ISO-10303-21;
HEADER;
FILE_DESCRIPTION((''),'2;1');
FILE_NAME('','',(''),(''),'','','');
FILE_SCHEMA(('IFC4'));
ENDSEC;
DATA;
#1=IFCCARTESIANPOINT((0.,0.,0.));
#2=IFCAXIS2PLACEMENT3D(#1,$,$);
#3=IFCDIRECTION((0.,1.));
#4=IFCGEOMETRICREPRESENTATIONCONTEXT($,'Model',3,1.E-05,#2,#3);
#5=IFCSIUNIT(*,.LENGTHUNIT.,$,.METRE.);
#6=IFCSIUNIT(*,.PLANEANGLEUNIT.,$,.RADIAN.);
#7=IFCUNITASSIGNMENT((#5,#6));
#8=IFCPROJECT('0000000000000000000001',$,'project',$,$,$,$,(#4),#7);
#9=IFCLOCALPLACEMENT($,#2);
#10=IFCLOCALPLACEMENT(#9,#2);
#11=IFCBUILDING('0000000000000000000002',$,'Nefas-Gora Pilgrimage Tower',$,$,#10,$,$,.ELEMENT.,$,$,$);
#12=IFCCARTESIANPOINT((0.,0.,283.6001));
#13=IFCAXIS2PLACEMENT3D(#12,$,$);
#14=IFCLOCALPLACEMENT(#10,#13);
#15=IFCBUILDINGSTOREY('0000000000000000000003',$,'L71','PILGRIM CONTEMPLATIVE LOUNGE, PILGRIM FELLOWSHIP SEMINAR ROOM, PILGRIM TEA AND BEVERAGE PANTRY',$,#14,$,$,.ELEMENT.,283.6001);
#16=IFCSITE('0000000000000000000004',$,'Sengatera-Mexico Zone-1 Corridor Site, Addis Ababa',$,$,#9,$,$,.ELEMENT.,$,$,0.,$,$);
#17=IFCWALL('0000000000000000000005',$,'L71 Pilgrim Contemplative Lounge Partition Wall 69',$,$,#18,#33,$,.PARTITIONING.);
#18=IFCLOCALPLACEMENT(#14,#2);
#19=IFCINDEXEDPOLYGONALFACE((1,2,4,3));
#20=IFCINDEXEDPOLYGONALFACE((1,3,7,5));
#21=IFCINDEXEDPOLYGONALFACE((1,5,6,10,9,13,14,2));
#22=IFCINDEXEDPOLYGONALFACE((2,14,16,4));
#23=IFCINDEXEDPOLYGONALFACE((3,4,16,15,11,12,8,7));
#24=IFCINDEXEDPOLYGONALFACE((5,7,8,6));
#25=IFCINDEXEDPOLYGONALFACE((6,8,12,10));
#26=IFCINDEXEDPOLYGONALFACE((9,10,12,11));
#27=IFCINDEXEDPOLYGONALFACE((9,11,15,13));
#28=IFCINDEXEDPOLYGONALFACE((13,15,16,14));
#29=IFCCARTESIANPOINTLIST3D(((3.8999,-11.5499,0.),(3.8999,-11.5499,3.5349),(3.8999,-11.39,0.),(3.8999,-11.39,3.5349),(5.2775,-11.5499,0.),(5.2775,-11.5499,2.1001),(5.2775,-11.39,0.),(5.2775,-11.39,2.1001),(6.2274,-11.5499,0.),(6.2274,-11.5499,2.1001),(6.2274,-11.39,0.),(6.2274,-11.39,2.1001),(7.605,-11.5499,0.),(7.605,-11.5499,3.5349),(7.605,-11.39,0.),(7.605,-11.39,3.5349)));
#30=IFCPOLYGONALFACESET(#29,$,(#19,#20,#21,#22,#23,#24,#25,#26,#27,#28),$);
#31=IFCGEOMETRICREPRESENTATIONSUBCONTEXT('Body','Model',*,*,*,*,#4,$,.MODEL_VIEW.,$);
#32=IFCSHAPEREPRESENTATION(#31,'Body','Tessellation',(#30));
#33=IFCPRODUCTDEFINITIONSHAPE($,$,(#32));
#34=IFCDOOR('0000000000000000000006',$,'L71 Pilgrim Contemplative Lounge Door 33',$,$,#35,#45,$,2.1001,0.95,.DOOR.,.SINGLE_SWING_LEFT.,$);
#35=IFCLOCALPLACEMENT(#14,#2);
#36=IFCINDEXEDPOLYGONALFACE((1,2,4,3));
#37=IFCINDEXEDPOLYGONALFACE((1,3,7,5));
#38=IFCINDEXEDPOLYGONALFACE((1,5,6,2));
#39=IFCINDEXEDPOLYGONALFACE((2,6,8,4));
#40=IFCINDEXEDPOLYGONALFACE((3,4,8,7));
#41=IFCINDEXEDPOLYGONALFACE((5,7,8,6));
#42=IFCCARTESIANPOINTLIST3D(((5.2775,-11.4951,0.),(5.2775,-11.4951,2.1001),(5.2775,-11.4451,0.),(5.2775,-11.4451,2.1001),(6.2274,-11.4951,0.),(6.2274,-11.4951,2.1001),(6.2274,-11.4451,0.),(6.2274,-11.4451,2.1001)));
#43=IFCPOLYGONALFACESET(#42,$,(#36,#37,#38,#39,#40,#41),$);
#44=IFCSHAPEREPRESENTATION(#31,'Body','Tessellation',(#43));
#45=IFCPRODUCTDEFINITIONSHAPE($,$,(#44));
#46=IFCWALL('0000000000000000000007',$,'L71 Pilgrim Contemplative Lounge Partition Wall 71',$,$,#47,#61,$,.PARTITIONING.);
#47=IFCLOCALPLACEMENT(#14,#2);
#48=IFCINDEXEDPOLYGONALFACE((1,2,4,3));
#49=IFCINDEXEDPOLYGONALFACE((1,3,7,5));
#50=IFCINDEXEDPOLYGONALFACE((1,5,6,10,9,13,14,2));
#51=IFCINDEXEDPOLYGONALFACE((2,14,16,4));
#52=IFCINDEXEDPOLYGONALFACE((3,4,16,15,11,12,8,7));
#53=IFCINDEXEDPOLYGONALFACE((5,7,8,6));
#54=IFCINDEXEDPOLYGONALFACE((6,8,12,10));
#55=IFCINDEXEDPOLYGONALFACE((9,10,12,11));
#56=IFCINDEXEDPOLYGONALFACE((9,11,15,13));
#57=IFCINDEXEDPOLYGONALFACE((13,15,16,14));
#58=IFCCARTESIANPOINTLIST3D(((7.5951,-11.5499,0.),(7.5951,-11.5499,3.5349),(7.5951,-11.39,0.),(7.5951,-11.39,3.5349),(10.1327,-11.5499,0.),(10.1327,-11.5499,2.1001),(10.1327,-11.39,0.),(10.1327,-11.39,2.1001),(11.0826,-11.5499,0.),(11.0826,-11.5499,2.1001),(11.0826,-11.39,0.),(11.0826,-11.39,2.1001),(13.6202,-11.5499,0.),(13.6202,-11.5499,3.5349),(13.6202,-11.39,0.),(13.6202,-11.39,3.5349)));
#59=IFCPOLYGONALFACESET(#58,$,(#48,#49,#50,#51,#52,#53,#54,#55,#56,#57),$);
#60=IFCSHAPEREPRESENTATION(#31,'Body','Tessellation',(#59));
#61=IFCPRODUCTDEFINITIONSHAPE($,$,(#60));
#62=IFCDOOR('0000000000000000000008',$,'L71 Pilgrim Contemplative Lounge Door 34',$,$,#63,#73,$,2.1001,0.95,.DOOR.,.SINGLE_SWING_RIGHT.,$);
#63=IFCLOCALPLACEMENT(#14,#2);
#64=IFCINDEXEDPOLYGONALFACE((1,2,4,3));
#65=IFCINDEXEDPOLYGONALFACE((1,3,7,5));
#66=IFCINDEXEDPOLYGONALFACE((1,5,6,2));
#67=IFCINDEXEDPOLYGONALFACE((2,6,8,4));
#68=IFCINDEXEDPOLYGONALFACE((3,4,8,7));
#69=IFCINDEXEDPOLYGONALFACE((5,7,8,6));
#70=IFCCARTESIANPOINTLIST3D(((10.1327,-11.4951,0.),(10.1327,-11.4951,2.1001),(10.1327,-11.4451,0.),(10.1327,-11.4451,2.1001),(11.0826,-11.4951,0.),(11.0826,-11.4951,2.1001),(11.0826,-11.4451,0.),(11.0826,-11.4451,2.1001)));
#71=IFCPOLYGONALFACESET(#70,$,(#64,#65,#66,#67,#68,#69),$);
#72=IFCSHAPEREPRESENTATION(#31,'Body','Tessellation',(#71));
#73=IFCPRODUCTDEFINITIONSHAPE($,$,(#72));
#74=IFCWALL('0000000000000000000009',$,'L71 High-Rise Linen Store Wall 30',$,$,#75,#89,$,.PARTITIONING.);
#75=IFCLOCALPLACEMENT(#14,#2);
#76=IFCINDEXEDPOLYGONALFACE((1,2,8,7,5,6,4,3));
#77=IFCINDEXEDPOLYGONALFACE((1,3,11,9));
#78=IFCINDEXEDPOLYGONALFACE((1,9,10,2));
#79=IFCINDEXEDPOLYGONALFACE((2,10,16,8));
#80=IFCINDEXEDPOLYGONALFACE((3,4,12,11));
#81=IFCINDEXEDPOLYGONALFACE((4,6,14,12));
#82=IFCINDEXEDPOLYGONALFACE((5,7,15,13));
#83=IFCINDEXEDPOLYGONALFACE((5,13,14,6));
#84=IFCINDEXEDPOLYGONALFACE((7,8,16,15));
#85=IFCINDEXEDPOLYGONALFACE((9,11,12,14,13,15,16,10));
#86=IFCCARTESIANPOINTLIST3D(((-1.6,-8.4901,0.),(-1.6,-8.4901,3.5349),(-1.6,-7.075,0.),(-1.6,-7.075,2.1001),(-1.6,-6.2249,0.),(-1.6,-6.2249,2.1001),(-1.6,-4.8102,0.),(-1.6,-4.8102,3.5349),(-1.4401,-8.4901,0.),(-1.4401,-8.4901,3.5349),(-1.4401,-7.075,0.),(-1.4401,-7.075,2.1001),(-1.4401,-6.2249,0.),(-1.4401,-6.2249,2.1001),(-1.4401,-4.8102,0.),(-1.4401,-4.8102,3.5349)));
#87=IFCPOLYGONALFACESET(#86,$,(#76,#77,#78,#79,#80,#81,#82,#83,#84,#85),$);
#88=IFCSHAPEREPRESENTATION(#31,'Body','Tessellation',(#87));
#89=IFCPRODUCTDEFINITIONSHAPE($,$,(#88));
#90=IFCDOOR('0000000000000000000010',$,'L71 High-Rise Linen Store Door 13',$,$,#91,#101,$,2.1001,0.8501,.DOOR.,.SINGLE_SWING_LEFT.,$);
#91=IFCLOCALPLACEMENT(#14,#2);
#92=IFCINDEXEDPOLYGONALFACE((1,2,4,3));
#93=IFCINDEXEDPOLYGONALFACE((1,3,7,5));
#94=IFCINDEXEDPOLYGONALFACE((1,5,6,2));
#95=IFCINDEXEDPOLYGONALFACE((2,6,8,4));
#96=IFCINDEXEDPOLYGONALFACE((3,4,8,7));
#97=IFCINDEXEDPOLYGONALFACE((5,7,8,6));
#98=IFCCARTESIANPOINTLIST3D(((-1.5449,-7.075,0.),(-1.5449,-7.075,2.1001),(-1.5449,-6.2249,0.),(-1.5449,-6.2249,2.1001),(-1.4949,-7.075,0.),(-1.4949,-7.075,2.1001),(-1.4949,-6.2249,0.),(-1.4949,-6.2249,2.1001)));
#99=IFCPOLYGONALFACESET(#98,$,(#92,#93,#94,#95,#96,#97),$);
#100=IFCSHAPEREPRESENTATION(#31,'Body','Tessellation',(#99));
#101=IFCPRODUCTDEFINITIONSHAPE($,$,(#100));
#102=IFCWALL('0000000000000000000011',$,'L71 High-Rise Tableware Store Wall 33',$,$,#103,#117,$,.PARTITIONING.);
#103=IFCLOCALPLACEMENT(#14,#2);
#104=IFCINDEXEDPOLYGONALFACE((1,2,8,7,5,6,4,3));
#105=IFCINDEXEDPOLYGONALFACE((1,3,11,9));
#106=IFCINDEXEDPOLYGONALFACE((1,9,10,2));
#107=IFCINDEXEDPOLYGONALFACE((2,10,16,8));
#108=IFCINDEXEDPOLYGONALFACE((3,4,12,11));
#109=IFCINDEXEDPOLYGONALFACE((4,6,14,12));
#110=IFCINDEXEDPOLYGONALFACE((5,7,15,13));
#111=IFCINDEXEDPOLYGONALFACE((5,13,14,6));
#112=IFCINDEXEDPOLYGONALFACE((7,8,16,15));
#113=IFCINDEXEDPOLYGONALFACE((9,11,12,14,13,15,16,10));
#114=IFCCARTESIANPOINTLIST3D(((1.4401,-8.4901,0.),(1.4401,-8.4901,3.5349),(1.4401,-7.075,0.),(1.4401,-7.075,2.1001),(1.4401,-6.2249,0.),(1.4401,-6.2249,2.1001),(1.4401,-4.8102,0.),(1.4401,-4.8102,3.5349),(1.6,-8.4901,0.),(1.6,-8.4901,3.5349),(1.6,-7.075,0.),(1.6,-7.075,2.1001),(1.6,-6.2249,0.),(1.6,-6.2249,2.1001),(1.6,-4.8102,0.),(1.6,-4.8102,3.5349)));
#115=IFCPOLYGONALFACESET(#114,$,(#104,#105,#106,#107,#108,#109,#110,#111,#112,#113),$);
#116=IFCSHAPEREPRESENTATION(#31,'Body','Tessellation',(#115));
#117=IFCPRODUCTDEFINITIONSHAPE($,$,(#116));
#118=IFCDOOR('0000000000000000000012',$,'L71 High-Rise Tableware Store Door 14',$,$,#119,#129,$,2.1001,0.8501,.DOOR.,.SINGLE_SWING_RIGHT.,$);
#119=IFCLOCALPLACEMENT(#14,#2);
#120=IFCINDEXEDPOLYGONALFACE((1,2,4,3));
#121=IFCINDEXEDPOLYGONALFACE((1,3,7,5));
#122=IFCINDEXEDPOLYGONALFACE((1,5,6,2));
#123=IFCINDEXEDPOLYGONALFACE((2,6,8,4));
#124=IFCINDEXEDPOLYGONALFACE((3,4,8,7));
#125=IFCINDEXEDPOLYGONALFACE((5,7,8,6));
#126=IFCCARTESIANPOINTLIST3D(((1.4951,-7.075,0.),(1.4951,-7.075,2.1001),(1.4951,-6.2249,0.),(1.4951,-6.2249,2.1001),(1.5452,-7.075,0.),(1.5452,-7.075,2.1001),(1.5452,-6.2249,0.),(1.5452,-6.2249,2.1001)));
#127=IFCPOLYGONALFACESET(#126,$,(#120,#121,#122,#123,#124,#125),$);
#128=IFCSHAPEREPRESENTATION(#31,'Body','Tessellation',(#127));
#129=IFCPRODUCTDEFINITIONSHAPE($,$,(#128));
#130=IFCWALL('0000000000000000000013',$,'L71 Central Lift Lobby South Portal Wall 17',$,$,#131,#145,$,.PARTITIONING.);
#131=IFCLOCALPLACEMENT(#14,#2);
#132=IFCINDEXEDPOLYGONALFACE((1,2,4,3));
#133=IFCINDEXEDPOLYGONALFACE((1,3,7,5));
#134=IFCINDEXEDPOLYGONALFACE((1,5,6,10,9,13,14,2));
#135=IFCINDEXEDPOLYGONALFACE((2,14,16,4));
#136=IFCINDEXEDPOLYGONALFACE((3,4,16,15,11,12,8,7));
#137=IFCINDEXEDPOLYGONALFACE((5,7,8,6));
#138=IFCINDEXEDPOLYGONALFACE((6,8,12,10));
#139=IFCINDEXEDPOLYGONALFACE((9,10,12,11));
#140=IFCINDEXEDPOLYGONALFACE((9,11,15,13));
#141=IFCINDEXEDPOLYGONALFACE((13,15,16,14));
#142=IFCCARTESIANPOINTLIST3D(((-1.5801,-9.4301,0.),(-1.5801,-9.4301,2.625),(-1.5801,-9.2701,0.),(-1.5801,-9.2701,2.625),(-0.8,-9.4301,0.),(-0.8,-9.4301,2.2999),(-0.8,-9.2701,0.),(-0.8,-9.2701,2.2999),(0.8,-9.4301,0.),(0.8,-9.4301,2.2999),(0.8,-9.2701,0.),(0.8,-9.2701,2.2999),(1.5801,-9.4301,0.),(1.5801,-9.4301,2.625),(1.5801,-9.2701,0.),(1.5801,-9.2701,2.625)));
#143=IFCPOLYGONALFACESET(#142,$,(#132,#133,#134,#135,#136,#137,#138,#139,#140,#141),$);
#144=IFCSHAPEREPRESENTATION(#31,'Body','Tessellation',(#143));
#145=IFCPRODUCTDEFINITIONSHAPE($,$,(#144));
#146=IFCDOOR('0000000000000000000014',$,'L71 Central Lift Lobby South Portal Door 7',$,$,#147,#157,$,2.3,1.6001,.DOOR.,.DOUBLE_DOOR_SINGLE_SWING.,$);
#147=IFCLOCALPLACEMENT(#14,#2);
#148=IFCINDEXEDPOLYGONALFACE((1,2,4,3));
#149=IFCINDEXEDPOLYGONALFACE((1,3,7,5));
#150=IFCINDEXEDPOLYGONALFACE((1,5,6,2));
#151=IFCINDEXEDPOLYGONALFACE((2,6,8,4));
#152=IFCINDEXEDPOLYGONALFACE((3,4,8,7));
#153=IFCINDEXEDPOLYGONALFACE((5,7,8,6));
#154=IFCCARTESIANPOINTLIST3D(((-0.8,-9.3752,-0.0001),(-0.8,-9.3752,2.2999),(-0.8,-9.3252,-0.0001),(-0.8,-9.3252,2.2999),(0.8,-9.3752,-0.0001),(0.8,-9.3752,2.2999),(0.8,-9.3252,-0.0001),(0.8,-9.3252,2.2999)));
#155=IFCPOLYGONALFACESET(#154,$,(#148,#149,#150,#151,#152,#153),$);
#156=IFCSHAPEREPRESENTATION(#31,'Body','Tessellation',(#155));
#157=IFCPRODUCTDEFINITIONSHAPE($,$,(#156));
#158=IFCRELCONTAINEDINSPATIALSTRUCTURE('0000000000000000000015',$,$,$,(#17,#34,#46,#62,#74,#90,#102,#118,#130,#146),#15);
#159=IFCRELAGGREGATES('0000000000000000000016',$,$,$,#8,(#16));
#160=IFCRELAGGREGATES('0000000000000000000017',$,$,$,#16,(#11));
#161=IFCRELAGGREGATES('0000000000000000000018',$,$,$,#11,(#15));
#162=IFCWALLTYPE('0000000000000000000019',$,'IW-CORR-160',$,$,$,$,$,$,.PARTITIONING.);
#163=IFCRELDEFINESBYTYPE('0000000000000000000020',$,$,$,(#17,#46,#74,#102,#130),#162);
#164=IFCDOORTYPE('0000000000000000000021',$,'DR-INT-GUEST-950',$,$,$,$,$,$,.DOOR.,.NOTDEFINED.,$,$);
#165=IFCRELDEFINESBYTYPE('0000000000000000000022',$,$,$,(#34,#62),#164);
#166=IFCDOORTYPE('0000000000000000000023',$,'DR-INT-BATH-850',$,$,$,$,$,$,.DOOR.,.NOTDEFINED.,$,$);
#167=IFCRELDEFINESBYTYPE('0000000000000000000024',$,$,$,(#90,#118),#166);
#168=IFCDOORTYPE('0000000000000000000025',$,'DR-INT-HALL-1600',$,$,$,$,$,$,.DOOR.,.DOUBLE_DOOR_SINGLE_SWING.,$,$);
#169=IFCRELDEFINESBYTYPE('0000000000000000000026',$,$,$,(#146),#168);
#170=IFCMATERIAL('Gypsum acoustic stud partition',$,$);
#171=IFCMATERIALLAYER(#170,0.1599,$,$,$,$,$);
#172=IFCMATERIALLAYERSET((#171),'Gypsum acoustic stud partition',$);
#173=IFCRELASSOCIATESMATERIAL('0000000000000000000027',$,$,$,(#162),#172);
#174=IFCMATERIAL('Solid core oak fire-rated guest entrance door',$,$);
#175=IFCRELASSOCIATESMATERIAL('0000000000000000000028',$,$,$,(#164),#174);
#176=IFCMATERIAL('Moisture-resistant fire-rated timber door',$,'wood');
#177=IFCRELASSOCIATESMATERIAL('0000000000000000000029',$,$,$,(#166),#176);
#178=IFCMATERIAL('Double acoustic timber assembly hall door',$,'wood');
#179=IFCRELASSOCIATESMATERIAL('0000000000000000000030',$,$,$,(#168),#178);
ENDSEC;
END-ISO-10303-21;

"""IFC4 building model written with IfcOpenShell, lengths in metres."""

from ifc_helpers import new_model, si_unit, direction, frame, frame_2d, origin, place, context, subcontext, project, spatial, rectangle, extrude, source, transform, mapped, material, layer, layer_set, type_object, element, fill, save


model = new_model("IFC4")

# Units and contexts
model_context = context("Model", 3, precision=1e-05, world=origin(), true_north=direction((0.0, 1.0)))
body_context = subcontext(model_context, "Body", "Model", "MODEL_VIEW")
ifc_project = project(units=[si_unit("LENGTHUNIT", "METRE"), si_unit("PLANEANGLEUNIT", "RADIAN")], contexts=[model_context])

# Site, building, storey
site_placement = place(None, origin())
site = spatial("IfcSite", under=ifc_project, at=site_placement, Name="Sengatera-Mexico Zone-1 Corridor Site, Addis Ababa", CompositionType="ELEMENT", RefElevation=0.0)
building_placement = place(site_placement, origin())
building = spatial("IfcBuilding", under=site, at=building_placement, Name="Nefas-Gora Pilgrimage Tower", CompositionType="ELEMENT")
storey_placement = place(building_placement, frame((0.0, 0.0, 283.6001)))
storey = spatial("IfcBuildingStorey", under=building, at=storey_placement, Name="L71", Description="PILGRIM CONTEMPLATIVE LOUNGE, PILGRIM FELLOWSHIP SEMINAR ROOM, PILGRIM TEA AND BEVERAGE PANTRY", CompositionType="ELEMENT", Elevation=283.6001)

# Walls, openings, doors
ifc_material_1 = material(Name="Gypsum acoustic stud partition")
ifc_layer_1 = layer(ifc_material_1, 0.1599)
ifc_layer_set_1 = layer_set([ifc_layer_1], Name="Gypsum acoustic stud partition")
wall_type_1 = type_object("IfcWallType", Name="IW-CORR-160", PredefinedType="PARTITIONING", material=ifc_layer_set_1)
ifc_material_2 = material(Name="Solid core oak fire-rated guest entrance door")
door_type_1 = type_object("IfcDoorType", Name="DR-INT-GUEST-950", OperationType="NOTDEFINED", PredefinedType="DOOR", material=ifc_material_2)
shared_shape_1 = source(origin(), body_context, "Body", "SweptSolid", [
    extrude(rectangle(XDim=0.95, YDim=2.1001, at=frame_2d((0.4751, 1.05))), frame((0.0, 0.0249, 0.0), z_axis=(0.0, -1.0, 0.0), x_axis=(1.0, 0.0, 0.0)), (0.0, 0.0, 1.0), 0.05),
])
shared_shape_2 = source(origin(), body_context, "Body", "SweptSolid", [
    extrude(rectangle(XDim=3.7051, YDim=0.1599, at=frame_2d((1.8525, 0.0))), origin(), (0.0, 0.0, 1.0), 3.5349),
])
wall_1_placement = place(storey_placement, frame((3.8999, -11.47, 0.0), z_axis=(0.0, 0.0, 1.0), x_axis=(1.0, 0.0, 0.0)))
wall_1 = element("IfcWall", 1, at=wall_1_placement, inside=storey, type_object=wall_type_1, Name="L71 Pilgrim Contemplative Lounge Partition Wall 69", PredefinedType="PARTITIONING", context=body_context, shape_type="MappedRepresentation", body=[
    mapped(shared_shape_2, transform((0.0, 0.0, 0.0), x_axis=(1.0, 0.0, 0.0), y_axis=(0.0, 1.0, 0.0), z_axis=(0.0, 0.0, 1.0), scale=1.0)),
])
opening_1_placement = place(wall_1_placement, frame((1.3774, 0.0, 0.0)))
opening_1 = element("IfcOpeningElement", 2, at=opening_1_placement, cuts=wall_1, PredefinedType="OPENING", context=body_context, shape_type="SweptSolid", body=[
    extrude(rectangle(XDim=0.95, YDim=2.1001, at=frame_2d((0.4751, 1.05))), frame((0.0, 0.0898, 0.0), z_axis=(0.0, -1.0, 0.0), x_axis=(1.0, 0.0, 0.0)), (0.0, 0.0, 1.0), 0.1799),
])
door_1_placement = place(opening_1_placement, origin())
door_1 = element("IfcDoor", 3, at=door_1_placement, inside=storey, type_object=door_type_1, Name="L71 Pilgrim Contemplative Lounge Door 33", OperationType="SINGLE_SWING_LEFT", OverallHeight=2.1001, OverallWidth=0.95, PredefinedType="DOOR", context=body_context, shape_type="MappedRepresentation", body=[
    mapped(shared_shape_1, transform((0.0, 0.0, 0.0), x_axis=(1.0, 0.0, 0.0), y_axis=(0.0, 1.0, 0.0), z_axis=(0.0, 0.0, 1.0), scale=1.0)),
])
fill(opening_1, door_1)
shared_shape_3 = source(origin(), body_context, "Body", "SweptSolid", [
    extrude(rectangle(XDim=6.0251, YDim=0.1599, at=frame_2d((3.0127, 0.0))), origin(), (0.0, 0.0, 1.0), 3.5349),
])
wall_2_placement = place(storey_placement, frame((7.595, -11.47, 0.0), z_axis=(0.0, 0.0, 1.0), x_axis=(1.0, 0.0, 0.0)))
wall_2 = element("IfcWall", 4, at=wall_2_placement, inside=storey, type_object=wall_type_1, Name="L71 Pilgrim Contemplative Lounge Partition Wall 71", PredefinedType="PARTITIONING", context=body_context, shape_type="MappedRepresentation", body=[
    mapped(shared_shape_3, transform((0.0, 0.0, 0.0), x_axis=(1.0, 0.0, 0.0), y_axis=(0.0, 1.0, 0.0), z_axis=(0.0, 0.0, 1.0), scale=1.0)),
])
opening_2_placement = place(wall_2_placement, frame((2.5376, 0.0, 0.0)))
opening_2 = element("IfcOpeningElement", 5, at=opening_2_placement, cuts=wall_2, PredefinedType="OPENING", context=body_context, shape_type="SweptSolid", body=[
    extrude(rectangle(XDim=0.95, YDim=2.1001, at=frame_2d((0.4751, 1.05))), frame((0.0, 0.0898, 0.0), z_axis=(0.0, -1.0, 0.0), x_axis=(1.0, 0.0, 0.0)), (0.0, 0.0, 1.0), 0.1799),
])
door_2_placement = place(opening_2_placement, origin())
door_2 = element("IfcDoor", 6, at=door_2_placement, inside=storey, type_object=door_type_1, Name="L71 Pilgrim Contemplative Lounge Door 34", OperationType="SINGLE_SWING_RIGHT", OverallHeight=2.1001, OverallWidth=0.95, PredefinedType="DOOR", context=body_context, shape_type="MappedRepresentation", body=[
    mapped(shared_shape_1, transform((0.0, 0.0, 0.0), x_axis=(1.0, 0.0, 0.0), y_axis=(0.0, 1.0, 0.0), z_axis=(0.0, 0.0, 1.0), scale=1.0)),
])
fill(opening_2, door_2)
shared_shape_4 = source(origin(), body_context, "Body", "SweptSolid", [
    extrude(rectangle(XDim=3.6799, YDim=0.1599, at=frame_2d((1.8398, 0.0))), origin(), (0.0, 0.0, 1.0), 3.5349),
])
wall_3_placement = place(storey_placement, frame((-1.52, -8.49, 0.0), z_axis=(0.0, 0.0, 1.0), x_axis=(0.0, 1.0, 0.0)))
wall_3 = element("IfcWall", 7, at=wall_3_placement, inside=storey, type_object=wall_type_1, Name="L71 High-Rise Linen Store Wall 30", PredefinedType="PARTITIONING", context=body_context, shape_type="MappedRepresentation", body=[
    mapped(shared_shape_4, transform((0.0, 0.0, 0.0), x_axis=(1.0, 0.0, 0.0), y_axis=(0.0, 1.0, 0.0), z_axis=(0.0, 0.0, 1.0), scale=1.0)),
])
opening_3_placement = place(wall_3_placement, frame((1.415, 0.0, 0.0)))
opening_3 = element("IfcOpeningElement", 8, at=opening_3_placement, cuts=wall_3, PredefinedType="OPENING", context=body_context, shape_type="SweptSolid", body=[
    extrude(rectangle(XDim=0.8501, YDim=2.1001, at=frame_2d((0.425, 1.05))), frame((0.0, 0.0898, 0.0), z_axis=(0.0, -1.0, 0.0), x_axis=(1.0, 0.0, 0.0)), (0.0, 0.0, 1.0), 0.1799),
])
ifc_material_3 = material(Name="Moisture-resistant fire-rated timber door", Category="wood")
door_type_2 = type_object("IfcDoorType", Name="DR-INT-BATH-850", OperationType="NOTDEFINED", PredefinedType="DOOR", material=ifc_material_3)
shared_shape_5 = source(origin(), body_context, "Body", "SweptSolid", [
    extrude(rectangle(XDim=0.8501, YDim=2.1001, at=frame_2d((0.425, 1.05))), frame((0.0, 0.0249, 0.0), z_axis=(0.0, -1.0, 0.0), x_axis=(1.0, 0.0, 0.0)), (0.0, 0.0, 1.0), 0.05),
])
door_3_placement = place(opening_3_placement, origin())
door_3 = element("IfcDoor", 9, at=door_3_placement, inside=storey, type_object=door_type_2, Name="L71 High-Rise Linen Store Door 13", OperationType="SINGLE_SWING_LEFT", OverallHeight=2.1001, OverallWidth=0.8501, PredefinedType="DOOR", context=body_context, shape_type="MappedRepresentation", body=[
    mapped(shared_shape_5, transform((0.0, 0.0, 0.0), x_axis=(1.0, 0.0, 0.0), y_axis=(0.0, 1.0, 0.0), z_axis=(0.0, 0.0, 1.0), scale=1.0)),
])
fill(opening_3, door_3)
wall_4_placement = place(storey_placement, frame((1.52, -8.49, 0.0), z_axis=(0.0, 0.0, 1.0), x_axis=(0.0, 1.0, 0.0)))
wall_4 = element("IfcWall", 10, at=wall_4_placement, inside=storey, type_object=wall_type_1, Name="L71 High-Rise Tableware Store Wall 33", PredefinedType="PARTITIONING", context=body_context, shape_type="MappedRepresentation", body=[
    mapped(shared_shape_4, transform((0.0, 0.0, 0.0), x_axis=(1.0, 0.0, 0.0), y_axis=(0.0, 1.0, 0.0), z_axis=(0.0, 0.0, 1.0), scale=1.0)),
])
opening_4_placement = place(wall_4_placement, frame((1.415, 0.0, 0.0)))
opening_4 = element("IfcOpeningElement", 11, at=opening_4_placement, cuts=wall_4, PredefinedType="OPENING", context=body_context, shape_type="SweptSolid", body=[
    extrude(rectangle(XDim=0.8501, YDim=2.1001, at=frame_2d((0.425, 1.05))), frame((0.0, 0.0898, 0.0), z_axis=(0.0, -1.0, 0.0), x_axis=(1.0, 0.0, 0.0)), (0.0, 0.0, 1.0), 0.1799),
])
door_4_placement = place(opening_4_placement, origin())
door_4 = element("IfcDoor", 12, at=door_4_placement, inside=storey, type_object=door_type_2, Name="L71 High-Rise Tableware Store Door 14", OperationType="SINGLE_SWING_RIGHT", OverallHeight=2.1001, OverallWidth=0.8501, PredefinedType="DOOR", context=body_context, shape_type="MappedRepresentation", body=[
    mapped(shared_shape_5, transform((0.0, 0.0, 0.0), x_axis=(1.0, 0.0, 0.0), y_axis=(0.0, 1.0, 0.0), z_axis=(0.0, 0.0, 1.0), scale=1.0)),
])
fill(opening_4, door_4)
shared_shape_6 = source(origin(), body_context, "Body", "SweptSolid", [
    extrude(rectangle(XDim=3.1602, YDim=0.1599, at=frame_2d((1.5801, 0.0))), origin(), (0.0, 0.0, 1.0), 2.625),
])
wall_5_placement = place(storey_placement, frame((-1.5801, -9.3501, 0.0), z_axis=(0.0, 0.0, 1.0), x_axis=(1.0, 0.0, 0.0)))
wall_5 = element("IfcWall", 13, at=wall_5_placement, inside=storey, type_object=wall_type_1, Name="L71 Central Lift Lobby South Portal Wall 17", PredefinedType="PARTITIONING", context=body_context, shape_type="MappedRepresentation", body=[
    mapped(shared_shape_6, transform((0.0, 0.0, 0.0), x_axis=(1.0, 0.0, 0.0), y_axis=(0.0, 1.0, 0.0), z_axis=(0.0, 0.0, 1.0), scale=1.0)),
])
opening_5_placement = place(wall_5_placement, frame((0.78, 0.0, 0.0)))
opening_5 = element("IfcOpeningElement", 14, at=opening_5_placement, cuts=wall_5, PredefinedType="OPENING", context=body_context, shape_type="SweptSolid", body=[
    extrude(rectangle(XDim=1.6001, YDim=2.3, at=frame_2d((0.8, 1.1499))), frame((0.0, 0.0898, 0.0), z_axis=(0.0, -1.0, 0.0), x_axis=(1.0, 0.0, 0.0)), (0.0, 0.0, 1.0), 0.1799),
])
ifc_material_4 = material(Name="Double acoustic timber assembly hall door", Category="wood")
door_type_3 = type_object("IfcDoorType", Name="DR-INT-HALL-1600", OperationType="DOUBLE_DOOR_SINGLE_SWING", PredefinedType="DOOR", material=ifc_material_4)
shared_shape_7 = source(origin(), body_context, "Body", "SweptSolid", [
    extrude(rectangle(XDim=1.6001, YDim=2.3, at=frame_2d((0.8, 1.1499))), frame((0.0, 0.0249, 0.0), z_axis=(0.0, -1.0, 0.0), x_axis=(1.0, 0.0, 0.0)), (0.0, 0.0, 1.0), 0.05),
])
door_5_placement = place(opening_5_placement, origin())
door_5 = element("IfcDoor", 15, at=door_5_placement, inside=storey, type_object=door_type_3, Name="L71 Central Lift Lobby South Portal Door 7", OperationType="DOUBLE_DOOR_SINGLE_SWING", OverallHeight=2.3, OverallWidth=1.6001, PredefinedType="DOOR", context=body_context, shape_type="MappedRepresentation", body=[
    mapped(shared_shape_7, transform((0.0, 0.0, 0.0), x_axis=(1.0, 0.0, 0.0), y_axis=(0.0, 1.0, 0.0), z_axis=(0.0, 0.0, 1.0), scale=1.0)),
])
fill(opening_5, door_5)

save(model, "model.ifc")
